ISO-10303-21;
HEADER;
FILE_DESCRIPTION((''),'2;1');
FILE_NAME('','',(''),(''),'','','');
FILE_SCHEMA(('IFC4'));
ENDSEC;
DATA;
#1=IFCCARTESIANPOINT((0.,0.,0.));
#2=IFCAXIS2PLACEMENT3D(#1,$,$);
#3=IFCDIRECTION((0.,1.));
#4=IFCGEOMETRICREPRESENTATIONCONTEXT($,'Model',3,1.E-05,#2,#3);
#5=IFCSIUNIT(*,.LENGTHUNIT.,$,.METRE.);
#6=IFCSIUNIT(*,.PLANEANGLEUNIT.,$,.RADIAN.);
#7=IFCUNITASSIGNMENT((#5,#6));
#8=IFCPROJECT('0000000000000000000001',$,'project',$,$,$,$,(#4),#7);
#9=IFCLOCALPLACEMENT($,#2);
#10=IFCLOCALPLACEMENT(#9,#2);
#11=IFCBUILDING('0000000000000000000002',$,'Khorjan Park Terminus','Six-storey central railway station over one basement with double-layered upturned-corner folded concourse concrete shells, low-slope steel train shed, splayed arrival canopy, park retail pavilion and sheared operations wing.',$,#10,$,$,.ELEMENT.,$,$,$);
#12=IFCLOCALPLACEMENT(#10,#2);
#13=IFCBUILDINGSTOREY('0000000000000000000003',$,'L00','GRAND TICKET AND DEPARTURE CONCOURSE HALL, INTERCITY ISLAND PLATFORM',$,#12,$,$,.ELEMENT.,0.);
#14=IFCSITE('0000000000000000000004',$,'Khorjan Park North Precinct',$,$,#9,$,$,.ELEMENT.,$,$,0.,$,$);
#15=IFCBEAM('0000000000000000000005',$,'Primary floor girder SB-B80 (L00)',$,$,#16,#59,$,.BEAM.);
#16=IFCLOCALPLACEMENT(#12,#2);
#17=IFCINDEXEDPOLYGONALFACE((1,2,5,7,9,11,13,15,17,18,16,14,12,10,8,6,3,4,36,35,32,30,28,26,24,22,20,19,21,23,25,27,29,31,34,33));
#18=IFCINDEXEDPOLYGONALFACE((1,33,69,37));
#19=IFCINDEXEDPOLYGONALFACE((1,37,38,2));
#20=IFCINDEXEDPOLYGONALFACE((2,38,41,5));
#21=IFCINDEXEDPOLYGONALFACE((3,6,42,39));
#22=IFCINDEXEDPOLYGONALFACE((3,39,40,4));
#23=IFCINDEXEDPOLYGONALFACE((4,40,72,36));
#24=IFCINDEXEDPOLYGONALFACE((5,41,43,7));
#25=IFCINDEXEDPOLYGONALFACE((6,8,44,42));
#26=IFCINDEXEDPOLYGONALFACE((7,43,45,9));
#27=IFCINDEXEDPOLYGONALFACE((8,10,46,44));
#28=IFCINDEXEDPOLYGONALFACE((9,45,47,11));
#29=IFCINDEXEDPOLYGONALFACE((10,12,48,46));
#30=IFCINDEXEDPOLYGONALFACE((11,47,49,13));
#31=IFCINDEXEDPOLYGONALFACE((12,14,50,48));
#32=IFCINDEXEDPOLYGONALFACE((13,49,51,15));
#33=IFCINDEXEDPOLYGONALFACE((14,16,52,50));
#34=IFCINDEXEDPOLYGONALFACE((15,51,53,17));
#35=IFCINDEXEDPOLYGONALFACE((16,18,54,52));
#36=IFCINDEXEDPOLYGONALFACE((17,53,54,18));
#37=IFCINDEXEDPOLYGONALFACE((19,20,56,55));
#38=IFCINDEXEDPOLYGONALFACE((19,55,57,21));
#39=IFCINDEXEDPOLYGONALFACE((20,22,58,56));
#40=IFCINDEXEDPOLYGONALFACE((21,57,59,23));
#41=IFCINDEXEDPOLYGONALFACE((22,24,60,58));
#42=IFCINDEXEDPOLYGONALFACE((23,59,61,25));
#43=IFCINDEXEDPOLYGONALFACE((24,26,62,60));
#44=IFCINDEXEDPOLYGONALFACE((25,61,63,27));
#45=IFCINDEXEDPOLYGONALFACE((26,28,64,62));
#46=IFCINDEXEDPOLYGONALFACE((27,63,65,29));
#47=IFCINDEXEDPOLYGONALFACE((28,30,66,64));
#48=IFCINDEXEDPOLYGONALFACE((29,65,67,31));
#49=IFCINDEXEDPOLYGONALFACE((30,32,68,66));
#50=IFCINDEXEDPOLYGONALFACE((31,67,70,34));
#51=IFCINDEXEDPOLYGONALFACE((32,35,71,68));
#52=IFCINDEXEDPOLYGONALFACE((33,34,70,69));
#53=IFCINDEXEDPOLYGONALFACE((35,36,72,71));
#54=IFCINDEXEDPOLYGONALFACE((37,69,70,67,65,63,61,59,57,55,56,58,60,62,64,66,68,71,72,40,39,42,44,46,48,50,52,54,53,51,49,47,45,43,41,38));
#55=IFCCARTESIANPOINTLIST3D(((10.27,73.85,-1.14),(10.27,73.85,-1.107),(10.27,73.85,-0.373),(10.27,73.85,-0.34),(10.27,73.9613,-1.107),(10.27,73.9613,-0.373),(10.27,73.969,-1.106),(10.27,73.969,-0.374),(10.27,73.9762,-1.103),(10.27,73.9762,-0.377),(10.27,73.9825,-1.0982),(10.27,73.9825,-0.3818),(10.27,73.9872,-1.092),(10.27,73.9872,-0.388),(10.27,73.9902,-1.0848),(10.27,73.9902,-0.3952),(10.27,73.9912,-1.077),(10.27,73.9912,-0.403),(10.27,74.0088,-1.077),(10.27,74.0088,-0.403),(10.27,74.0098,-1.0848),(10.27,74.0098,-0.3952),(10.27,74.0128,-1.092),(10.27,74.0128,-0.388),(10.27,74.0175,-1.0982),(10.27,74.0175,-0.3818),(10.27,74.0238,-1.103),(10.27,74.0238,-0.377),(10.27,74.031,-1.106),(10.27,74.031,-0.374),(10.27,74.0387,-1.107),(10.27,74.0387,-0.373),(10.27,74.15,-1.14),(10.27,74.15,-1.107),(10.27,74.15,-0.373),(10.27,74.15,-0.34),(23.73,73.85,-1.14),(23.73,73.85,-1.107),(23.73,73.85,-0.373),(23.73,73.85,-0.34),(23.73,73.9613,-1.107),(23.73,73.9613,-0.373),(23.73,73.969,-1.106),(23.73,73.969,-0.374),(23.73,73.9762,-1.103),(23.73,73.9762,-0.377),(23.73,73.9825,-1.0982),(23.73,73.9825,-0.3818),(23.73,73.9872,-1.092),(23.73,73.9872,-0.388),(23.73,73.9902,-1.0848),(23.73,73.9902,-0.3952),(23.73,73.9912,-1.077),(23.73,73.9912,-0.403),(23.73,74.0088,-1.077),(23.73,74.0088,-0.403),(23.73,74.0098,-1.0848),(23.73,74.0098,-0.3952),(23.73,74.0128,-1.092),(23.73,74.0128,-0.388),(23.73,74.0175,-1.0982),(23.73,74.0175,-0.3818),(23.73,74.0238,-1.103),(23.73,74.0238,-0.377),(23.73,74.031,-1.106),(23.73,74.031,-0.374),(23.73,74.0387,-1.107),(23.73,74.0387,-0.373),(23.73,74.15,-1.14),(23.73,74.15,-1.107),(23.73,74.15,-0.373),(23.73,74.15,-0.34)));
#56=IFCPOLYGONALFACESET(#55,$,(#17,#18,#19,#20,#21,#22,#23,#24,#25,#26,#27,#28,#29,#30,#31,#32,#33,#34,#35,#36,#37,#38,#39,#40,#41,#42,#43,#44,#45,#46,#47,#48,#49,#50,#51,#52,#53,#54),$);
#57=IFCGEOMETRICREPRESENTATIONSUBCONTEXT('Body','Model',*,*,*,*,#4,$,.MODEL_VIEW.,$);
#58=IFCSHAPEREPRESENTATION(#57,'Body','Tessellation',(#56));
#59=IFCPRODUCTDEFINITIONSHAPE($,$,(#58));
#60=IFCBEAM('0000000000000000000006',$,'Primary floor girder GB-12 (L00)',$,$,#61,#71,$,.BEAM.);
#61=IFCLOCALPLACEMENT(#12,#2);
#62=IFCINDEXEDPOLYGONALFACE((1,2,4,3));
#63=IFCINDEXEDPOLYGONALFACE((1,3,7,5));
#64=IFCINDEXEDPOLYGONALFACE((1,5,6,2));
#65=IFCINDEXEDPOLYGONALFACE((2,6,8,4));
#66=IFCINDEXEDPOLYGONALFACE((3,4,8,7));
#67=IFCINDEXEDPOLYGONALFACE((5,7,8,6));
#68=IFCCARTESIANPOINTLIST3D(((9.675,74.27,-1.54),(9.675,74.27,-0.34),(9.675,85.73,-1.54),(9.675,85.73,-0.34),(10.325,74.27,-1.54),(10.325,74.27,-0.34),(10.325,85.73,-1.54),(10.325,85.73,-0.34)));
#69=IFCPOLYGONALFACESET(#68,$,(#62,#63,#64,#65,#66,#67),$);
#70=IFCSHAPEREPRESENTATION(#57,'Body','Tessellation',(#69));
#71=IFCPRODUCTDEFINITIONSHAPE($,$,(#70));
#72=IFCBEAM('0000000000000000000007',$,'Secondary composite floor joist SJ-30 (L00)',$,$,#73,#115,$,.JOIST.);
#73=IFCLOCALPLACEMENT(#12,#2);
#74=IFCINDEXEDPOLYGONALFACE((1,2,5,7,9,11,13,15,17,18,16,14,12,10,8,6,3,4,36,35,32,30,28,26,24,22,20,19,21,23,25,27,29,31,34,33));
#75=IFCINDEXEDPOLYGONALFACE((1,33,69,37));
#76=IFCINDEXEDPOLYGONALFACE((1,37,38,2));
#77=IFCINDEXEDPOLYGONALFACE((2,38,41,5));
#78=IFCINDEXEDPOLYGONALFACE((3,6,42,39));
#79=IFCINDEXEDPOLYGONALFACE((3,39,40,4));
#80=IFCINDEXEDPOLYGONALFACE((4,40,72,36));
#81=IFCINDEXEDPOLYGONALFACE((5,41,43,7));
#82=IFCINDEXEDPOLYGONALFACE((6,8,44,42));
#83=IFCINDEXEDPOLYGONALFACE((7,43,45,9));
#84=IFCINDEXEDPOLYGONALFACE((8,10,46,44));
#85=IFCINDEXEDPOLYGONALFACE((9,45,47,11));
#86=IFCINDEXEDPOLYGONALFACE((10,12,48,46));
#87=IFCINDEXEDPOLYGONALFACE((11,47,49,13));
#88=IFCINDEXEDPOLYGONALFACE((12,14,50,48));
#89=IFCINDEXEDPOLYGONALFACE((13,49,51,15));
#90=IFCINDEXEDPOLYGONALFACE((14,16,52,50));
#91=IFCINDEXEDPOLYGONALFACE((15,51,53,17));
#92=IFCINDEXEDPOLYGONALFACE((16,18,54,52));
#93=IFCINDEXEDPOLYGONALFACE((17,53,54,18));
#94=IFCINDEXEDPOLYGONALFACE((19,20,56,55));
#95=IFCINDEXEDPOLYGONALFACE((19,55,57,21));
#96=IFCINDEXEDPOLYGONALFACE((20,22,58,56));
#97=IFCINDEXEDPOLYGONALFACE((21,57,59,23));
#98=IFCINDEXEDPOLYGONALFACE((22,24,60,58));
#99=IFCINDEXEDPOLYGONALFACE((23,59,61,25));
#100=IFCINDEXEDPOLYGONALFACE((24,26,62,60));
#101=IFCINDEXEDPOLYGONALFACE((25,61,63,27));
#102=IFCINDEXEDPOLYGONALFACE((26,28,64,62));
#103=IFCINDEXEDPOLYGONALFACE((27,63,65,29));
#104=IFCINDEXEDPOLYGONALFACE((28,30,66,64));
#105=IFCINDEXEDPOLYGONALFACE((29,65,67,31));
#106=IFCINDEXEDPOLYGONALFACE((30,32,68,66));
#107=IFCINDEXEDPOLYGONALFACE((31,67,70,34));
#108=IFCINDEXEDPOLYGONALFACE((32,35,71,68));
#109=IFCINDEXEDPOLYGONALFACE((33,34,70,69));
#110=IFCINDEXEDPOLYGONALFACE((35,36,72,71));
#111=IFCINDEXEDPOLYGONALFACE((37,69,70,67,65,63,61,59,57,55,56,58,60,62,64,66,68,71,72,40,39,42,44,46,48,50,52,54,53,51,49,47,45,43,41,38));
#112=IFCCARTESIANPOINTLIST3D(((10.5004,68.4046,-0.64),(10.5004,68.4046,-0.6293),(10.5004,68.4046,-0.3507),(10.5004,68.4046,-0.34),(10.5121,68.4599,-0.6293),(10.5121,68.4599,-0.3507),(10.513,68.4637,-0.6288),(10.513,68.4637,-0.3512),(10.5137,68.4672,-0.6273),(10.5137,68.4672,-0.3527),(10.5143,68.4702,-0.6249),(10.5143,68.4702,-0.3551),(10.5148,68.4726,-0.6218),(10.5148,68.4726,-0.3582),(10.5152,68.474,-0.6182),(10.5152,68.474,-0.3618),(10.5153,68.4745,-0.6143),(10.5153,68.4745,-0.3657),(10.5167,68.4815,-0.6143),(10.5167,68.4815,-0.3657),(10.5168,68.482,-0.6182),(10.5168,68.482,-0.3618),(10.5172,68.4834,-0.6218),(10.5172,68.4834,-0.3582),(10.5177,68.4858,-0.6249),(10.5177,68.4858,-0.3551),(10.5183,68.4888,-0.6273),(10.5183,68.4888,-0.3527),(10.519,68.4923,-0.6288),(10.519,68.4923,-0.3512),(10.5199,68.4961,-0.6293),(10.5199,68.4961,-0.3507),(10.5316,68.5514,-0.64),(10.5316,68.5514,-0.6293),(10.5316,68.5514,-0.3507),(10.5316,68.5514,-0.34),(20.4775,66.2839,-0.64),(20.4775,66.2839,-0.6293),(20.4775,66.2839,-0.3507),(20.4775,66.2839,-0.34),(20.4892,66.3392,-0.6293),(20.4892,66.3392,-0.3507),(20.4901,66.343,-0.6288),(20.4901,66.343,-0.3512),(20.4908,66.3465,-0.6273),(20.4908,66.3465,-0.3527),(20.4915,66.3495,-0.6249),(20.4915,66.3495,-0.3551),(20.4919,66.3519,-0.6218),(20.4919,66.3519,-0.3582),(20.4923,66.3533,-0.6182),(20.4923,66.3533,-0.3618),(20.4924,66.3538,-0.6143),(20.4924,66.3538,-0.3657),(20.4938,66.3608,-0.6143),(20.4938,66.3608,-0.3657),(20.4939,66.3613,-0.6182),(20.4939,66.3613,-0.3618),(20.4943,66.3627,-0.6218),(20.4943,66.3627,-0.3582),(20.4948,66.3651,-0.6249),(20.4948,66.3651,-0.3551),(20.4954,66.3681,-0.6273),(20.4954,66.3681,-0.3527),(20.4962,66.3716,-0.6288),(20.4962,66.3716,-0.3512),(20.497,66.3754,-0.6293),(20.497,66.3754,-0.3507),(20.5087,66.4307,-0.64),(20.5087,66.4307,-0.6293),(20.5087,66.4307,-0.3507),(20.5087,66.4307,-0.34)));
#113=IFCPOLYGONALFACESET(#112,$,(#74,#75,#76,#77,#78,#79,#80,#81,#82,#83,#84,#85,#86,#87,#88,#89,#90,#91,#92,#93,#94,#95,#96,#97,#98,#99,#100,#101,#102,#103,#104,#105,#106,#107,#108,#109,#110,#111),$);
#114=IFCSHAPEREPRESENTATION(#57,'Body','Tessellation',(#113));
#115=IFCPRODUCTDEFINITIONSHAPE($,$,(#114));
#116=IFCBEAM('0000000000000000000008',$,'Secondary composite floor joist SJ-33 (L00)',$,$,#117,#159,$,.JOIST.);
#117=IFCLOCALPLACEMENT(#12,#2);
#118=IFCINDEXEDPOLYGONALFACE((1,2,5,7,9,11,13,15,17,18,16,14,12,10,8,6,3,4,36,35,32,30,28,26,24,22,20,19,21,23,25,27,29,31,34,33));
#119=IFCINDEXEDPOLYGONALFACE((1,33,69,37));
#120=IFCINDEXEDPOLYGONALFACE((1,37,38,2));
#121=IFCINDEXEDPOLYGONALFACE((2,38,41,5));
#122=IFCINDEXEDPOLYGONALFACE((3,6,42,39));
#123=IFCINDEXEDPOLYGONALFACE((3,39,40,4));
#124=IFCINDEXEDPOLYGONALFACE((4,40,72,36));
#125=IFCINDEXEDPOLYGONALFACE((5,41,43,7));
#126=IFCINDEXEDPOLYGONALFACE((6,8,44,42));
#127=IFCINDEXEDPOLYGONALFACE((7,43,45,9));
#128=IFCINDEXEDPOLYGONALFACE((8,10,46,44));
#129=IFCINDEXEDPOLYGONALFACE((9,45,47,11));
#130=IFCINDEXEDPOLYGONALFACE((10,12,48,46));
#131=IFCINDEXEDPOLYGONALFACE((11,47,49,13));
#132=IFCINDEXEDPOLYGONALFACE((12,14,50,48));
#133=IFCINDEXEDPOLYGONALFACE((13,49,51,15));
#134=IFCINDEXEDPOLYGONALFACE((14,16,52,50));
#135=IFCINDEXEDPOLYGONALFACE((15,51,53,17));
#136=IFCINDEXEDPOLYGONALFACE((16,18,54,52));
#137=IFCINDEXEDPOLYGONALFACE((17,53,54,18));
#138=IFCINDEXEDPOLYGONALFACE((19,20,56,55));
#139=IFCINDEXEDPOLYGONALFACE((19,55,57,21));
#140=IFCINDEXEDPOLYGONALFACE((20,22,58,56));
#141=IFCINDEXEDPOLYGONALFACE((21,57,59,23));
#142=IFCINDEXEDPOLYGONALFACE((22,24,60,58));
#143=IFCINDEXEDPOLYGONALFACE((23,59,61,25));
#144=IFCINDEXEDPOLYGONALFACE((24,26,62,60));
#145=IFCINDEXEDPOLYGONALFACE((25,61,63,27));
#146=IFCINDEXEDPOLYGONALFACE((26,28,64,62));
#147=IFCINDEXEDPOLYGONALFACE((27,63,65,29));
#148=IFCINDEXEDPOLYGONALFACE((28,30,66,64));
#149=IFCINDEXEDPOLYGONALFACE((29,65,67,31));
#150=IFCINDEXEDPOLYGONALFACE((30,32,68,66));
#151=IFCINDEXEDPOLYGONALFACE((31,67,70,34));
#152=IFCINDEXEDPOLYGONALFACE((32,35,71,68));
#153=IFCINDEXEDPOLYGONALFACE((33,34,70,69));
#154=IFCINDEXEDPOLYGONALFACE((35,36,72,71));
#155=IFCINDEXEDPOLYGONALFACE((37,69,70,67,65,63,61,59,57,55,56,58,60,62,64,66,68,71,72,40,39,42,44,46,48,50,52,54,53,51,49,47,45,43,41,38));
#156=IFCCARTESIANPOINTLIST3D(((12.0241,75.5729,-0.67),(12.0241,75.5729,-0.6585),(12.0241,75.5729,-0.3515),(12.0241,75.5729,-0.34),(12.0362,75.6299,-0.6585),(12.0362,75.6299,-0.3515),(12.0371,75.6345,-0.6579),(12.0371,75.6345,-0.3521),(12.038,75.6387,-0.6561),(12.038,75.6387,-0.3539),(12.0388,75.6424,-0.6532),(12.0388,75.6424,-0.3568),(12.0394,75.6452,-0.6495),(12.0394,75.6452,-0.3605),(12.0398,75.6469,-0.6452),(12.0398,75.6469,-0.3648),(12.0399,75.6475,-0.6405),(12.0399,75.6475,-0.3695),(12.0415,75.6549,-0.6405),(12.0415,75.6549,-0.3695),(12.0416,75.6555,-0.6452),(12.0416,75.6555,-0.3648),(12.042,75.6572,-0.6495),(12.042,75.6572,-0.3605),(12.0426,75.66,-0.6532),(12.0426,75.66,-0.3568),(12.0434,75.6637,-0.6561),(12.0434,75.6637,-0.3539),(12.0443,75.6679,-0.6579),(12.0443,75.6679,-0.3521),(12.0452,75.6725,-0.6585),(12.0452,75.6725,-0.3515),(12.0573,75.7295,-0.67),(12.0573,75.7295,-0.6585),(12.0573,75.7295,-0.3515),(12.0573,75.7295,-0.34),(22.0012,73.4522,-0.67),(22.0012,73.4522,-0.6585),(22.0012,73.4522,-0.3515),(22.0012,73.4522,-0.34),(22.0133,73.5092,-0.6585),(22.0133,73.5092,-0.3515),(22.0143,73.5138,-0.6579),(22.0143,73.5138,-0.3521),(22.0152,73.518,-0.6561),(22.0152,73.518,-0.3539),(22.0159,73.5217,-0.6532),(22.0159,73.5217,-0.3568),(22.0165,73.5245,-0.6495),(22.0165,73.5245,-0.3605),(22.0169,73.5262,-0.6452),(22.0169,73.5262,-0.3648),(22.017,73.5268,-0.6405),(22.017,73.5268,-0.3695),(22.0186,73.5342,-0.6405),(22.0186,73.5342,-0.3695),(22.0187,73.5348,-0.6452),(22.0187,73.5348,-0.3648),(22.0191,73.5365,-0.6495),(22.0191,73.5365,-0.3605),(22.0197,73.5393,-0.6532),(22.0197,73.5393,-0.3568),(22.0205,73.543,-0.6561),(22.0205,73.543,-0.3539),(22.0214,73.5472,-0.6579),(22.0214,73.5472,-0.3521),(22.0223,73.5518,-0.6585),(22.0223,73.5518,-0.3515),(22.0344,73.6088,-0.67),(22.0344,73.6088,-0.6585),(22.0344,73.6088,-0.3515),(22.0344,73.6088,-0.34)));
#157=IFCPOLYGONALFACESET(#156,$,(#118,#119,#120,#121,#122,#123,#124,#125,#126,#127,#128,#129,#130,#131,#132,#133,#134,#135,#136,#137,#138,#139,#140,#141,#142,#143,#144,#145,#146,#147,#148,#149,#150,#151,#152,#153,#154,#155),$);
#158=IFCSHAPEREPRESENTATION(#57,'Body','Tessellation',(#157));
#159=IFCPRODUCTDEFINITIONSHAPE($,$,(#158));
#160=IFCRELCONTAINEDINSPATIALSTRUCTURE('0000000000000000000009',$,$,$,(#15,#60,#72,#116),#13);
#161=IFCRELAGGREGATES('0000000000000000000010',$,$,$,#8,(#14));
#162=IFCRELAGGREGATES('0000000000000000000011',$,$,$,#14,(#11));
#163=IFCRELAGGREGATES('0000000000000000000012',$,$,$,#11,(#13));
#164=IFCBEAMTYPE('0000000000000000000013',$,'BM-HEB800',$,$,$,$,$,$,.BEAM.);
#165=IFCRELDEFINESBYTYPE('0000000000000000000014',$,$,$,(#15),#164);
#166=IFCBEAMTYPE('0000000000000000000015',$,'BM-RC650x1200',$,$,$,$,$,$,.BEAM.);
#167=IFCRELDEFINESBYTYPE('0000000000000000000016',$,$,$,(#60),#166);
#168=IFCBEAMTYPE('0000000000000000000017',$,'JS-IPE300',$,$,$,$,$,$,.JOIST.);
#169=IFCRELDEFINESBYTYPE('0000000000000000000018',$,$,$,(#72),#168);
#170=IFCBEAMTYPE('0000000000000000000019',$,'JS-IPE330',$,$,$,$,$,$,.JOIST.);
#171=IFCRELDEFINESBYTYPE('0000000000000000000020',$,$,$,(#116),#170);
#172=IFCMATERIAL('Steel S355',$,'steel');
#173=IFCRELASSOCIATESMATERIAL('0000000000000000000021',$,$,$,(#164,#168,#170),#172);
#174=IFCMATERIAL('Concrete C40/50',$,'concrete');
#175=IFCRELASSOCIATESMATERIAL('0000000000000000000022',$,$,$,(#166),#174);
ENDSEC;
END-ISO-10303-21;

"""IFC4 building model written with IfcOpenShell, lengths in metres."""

from ifc_helpers import new_model, si_unit, direction, frame, origin, origin_2d, place, context, subcontext, project, spatial, rectangle, i_section, extrude, material, material_profile, profile_set, type_object, element, save


model = new_model("IFC4")

# Units and contexts
model_context = context("Model", 3, precision=1e-05, world=origin(), true_north=direction((0.0, 1.0)))
body_context = subcontext(model_context, "Body", "Model", "MODEL_VIEW")
ifc_project = project(units=[si_unit("LENGTHUNIT", "METRE"), si_unit("PLANEANGLEUNIT", "RADIAN")], contexts=[model_context])

# Site, building, storey
site_placement = place(None, origin())
site = spatial("IfcSite", under=ifc_project, at=site_placement, Name="Khorjan Park North Precinct", CompositionType="ELEMENT", RefElevation=0.0)
building_placement = place(site_placement, origin())
building = spatial("IfcBuilding", under=site, at=building_placement, Name="Khorjan Park Terminus", Description="Six-storey central railway station over one basement with double-layered upturned-corner folded concourse concrete shells, low-slope steel train shed, splayed arrival canopy, park retail pavilion and sheared operations wing.", CompositionType="ELEMENT")
storey_placement = place(building_placement, origin())
storey = spatial("IfcBuildingStorey", under=building, at=storey_placement, Name="L00", Description="GRAND TICKET AND DEPARTURE CONCOURSE HALL, INTERCITY ISLAND PLATFORM", CompositionType="ELEMENT", Elevation=0.0)

# Shared definitions
ifc_material_1 = material(Name="Steel S355", Category="steel")

# Beams
ifc_material_profile_1 = material_profile(ifc_material_1, i_section(OverallWidth=0.3, OverallDepth=0.8, WebThickness=0.0175, FlangeThickness=0.033, FilletRadius=0.03, at=origin_2d()), Name="HEB 800")
ifc_profile_set_1 = profile_set([ifc_material_profile_1], Name="Steel S355")
beam_type_1 = type_object("IfcBeamType", Name="BM-HEB800", PredefinedType="BEAM", material=ifc_profile_set_1)
beam_1_placement = place(storey_placement, frame((10.27, 74.0, -0.74), z_axis=(1.0, 0.0, 0.0), x_axis=(0.0, 1.0, 0.0)))
element("IfcBeam", 1, at=beam_1_placement, inside=storey, type_object=beam_type_1, Name="Primary floor girder SB-B80 (L00)", PredefinedType="BEAM", context=body_context, shape_type="SweptSolid", body=[
    extrude(i_section(OverallWidth=0.3, OverallDepth=0.8, WebThickness=0.0175, FlangeThickness=0.033, FilletRadius=0.03, at=origin_2d()), origin(), (0.0, 0.0, 1.0), 13.46),
])
ifc_material_2 = material(Name="Concrete C40/50", Category="concrete")
ifc_material_profile_2 = material_profile(ifc_material_2, rectangle(XDim=0.65, YDim=1.2, at=origin_2d()), Name="RC 650x1200")
ifc_profile_set_2 = profile_set([ifc_material_profile_2], Name="Concrete C40/50")
beam_type_2 = type_object("IfcBeamType", Name="BM-RC650x1200", PredefinedType="BEAM", material=ifc_profile_set_2)
beam_2_placement = place(storey_placement, frame((10.0, 74.27, -0.94), z_axis=(0.0, 1.0, 0.0), x_axis=(-1.0, 0.0, 0.0)))
element("IfcBeam", 2, at=beam_2_placement, inside=storey, type_object=beam_type_2, Name="Primary floor girder GB-12 (L00)", PredefinedType="BEAM", context=body_context, shape_type="SweptSolid", body=[
    extrude(rectangle(XDim=0.65, YDim=1.2, at=origin_2d()), origin(), (0.0, 0.0, 1.0), 11.46),
])
ifc_material_profile_3 = material_profile(ifc_material_1, i_section(OverallWidth=0.15, OverallDepth=0.3, WebThickness=0.0071, FlangeThickness=0.0107, FilletRadius=0.015, at=origin_2d()), Name="IPE 300")
ifc_profile_set_3 = profile_set([ifc_material_profile_3], Name="Steel S355")
beam_type_3 = type_object("IfcBeamType", Name="JS-IPE300", PredefinedType="JOIST", material=ifc_profile_set_3)
beam_3_placement = place(storey_placement, frame((10.516, 68.478, -0.49), z_axis=(0.978148, -0.207912, 0.0), x_axis=(0.207912, 0.978148, 0.0)))
element("IfcBeam", 3, at=beam_3_placement, inside=storey, type_object=beam_type_3, Name="Secondary composite floor joist SJ-30 (L00)", PredefinedType="JOIST", context=body_context, shape_type="SweptSolid", body=[
    extrude(i_section(OverallWidth=0.15, OverallDepth=0.3, WebThickness=0.0071, FlangeThickness=0.0107, FilletRadius=0.015, at=origin_2d()), origin(), (0.0, 0.0, 1.0), 10.2),
])
ifc_material_profile_4 = material_profile(ifc_material_1, i_section(OverallWidth=0.16, OverallDepth=0.33, WebThickness=0.0075, FlangeThickness=0.0115, FilletRadius=0.018, at=origin_2d()), Name="IPE 330")
ifc_profile_set_4 = profile_set([ifc_material_profile_4], Name="Steel S355")
beam_type_4 = type_object("IfcBeamType", Name="JS-IPE330", PredefinedType="JOIST", material=ifc_profile_set_4)
for number, where, z_axis, x_axis, name in (
    (4, (12.0407, 75.6512, -0.505), (0.978148, -0.207912, 0.0), (0.207912, 0.978148, 0.0), "Secondary composite floor joist SJ-33 (L00)"),
):
    element("IfcBeam", number, at=place(storey_placement, frame(where, z_axis=z_axis, x_axis=x_axis)), inside=storey, type_object=beam_type_4, Name=name, PredefinedType="JOIST", context=body_context, shape_type="SweptSolid", body=[
        extrude(i_section(OverallWidth=0.16, OverallDepth=0.33, WebThickness=0.0075, FlangeThickness=0.0115, FilletRadius=0.018, at=origin_2d()), origin(), (0.0, 0.0, 1.0), 10.2),
    ])

save(model, "model.ifc")
